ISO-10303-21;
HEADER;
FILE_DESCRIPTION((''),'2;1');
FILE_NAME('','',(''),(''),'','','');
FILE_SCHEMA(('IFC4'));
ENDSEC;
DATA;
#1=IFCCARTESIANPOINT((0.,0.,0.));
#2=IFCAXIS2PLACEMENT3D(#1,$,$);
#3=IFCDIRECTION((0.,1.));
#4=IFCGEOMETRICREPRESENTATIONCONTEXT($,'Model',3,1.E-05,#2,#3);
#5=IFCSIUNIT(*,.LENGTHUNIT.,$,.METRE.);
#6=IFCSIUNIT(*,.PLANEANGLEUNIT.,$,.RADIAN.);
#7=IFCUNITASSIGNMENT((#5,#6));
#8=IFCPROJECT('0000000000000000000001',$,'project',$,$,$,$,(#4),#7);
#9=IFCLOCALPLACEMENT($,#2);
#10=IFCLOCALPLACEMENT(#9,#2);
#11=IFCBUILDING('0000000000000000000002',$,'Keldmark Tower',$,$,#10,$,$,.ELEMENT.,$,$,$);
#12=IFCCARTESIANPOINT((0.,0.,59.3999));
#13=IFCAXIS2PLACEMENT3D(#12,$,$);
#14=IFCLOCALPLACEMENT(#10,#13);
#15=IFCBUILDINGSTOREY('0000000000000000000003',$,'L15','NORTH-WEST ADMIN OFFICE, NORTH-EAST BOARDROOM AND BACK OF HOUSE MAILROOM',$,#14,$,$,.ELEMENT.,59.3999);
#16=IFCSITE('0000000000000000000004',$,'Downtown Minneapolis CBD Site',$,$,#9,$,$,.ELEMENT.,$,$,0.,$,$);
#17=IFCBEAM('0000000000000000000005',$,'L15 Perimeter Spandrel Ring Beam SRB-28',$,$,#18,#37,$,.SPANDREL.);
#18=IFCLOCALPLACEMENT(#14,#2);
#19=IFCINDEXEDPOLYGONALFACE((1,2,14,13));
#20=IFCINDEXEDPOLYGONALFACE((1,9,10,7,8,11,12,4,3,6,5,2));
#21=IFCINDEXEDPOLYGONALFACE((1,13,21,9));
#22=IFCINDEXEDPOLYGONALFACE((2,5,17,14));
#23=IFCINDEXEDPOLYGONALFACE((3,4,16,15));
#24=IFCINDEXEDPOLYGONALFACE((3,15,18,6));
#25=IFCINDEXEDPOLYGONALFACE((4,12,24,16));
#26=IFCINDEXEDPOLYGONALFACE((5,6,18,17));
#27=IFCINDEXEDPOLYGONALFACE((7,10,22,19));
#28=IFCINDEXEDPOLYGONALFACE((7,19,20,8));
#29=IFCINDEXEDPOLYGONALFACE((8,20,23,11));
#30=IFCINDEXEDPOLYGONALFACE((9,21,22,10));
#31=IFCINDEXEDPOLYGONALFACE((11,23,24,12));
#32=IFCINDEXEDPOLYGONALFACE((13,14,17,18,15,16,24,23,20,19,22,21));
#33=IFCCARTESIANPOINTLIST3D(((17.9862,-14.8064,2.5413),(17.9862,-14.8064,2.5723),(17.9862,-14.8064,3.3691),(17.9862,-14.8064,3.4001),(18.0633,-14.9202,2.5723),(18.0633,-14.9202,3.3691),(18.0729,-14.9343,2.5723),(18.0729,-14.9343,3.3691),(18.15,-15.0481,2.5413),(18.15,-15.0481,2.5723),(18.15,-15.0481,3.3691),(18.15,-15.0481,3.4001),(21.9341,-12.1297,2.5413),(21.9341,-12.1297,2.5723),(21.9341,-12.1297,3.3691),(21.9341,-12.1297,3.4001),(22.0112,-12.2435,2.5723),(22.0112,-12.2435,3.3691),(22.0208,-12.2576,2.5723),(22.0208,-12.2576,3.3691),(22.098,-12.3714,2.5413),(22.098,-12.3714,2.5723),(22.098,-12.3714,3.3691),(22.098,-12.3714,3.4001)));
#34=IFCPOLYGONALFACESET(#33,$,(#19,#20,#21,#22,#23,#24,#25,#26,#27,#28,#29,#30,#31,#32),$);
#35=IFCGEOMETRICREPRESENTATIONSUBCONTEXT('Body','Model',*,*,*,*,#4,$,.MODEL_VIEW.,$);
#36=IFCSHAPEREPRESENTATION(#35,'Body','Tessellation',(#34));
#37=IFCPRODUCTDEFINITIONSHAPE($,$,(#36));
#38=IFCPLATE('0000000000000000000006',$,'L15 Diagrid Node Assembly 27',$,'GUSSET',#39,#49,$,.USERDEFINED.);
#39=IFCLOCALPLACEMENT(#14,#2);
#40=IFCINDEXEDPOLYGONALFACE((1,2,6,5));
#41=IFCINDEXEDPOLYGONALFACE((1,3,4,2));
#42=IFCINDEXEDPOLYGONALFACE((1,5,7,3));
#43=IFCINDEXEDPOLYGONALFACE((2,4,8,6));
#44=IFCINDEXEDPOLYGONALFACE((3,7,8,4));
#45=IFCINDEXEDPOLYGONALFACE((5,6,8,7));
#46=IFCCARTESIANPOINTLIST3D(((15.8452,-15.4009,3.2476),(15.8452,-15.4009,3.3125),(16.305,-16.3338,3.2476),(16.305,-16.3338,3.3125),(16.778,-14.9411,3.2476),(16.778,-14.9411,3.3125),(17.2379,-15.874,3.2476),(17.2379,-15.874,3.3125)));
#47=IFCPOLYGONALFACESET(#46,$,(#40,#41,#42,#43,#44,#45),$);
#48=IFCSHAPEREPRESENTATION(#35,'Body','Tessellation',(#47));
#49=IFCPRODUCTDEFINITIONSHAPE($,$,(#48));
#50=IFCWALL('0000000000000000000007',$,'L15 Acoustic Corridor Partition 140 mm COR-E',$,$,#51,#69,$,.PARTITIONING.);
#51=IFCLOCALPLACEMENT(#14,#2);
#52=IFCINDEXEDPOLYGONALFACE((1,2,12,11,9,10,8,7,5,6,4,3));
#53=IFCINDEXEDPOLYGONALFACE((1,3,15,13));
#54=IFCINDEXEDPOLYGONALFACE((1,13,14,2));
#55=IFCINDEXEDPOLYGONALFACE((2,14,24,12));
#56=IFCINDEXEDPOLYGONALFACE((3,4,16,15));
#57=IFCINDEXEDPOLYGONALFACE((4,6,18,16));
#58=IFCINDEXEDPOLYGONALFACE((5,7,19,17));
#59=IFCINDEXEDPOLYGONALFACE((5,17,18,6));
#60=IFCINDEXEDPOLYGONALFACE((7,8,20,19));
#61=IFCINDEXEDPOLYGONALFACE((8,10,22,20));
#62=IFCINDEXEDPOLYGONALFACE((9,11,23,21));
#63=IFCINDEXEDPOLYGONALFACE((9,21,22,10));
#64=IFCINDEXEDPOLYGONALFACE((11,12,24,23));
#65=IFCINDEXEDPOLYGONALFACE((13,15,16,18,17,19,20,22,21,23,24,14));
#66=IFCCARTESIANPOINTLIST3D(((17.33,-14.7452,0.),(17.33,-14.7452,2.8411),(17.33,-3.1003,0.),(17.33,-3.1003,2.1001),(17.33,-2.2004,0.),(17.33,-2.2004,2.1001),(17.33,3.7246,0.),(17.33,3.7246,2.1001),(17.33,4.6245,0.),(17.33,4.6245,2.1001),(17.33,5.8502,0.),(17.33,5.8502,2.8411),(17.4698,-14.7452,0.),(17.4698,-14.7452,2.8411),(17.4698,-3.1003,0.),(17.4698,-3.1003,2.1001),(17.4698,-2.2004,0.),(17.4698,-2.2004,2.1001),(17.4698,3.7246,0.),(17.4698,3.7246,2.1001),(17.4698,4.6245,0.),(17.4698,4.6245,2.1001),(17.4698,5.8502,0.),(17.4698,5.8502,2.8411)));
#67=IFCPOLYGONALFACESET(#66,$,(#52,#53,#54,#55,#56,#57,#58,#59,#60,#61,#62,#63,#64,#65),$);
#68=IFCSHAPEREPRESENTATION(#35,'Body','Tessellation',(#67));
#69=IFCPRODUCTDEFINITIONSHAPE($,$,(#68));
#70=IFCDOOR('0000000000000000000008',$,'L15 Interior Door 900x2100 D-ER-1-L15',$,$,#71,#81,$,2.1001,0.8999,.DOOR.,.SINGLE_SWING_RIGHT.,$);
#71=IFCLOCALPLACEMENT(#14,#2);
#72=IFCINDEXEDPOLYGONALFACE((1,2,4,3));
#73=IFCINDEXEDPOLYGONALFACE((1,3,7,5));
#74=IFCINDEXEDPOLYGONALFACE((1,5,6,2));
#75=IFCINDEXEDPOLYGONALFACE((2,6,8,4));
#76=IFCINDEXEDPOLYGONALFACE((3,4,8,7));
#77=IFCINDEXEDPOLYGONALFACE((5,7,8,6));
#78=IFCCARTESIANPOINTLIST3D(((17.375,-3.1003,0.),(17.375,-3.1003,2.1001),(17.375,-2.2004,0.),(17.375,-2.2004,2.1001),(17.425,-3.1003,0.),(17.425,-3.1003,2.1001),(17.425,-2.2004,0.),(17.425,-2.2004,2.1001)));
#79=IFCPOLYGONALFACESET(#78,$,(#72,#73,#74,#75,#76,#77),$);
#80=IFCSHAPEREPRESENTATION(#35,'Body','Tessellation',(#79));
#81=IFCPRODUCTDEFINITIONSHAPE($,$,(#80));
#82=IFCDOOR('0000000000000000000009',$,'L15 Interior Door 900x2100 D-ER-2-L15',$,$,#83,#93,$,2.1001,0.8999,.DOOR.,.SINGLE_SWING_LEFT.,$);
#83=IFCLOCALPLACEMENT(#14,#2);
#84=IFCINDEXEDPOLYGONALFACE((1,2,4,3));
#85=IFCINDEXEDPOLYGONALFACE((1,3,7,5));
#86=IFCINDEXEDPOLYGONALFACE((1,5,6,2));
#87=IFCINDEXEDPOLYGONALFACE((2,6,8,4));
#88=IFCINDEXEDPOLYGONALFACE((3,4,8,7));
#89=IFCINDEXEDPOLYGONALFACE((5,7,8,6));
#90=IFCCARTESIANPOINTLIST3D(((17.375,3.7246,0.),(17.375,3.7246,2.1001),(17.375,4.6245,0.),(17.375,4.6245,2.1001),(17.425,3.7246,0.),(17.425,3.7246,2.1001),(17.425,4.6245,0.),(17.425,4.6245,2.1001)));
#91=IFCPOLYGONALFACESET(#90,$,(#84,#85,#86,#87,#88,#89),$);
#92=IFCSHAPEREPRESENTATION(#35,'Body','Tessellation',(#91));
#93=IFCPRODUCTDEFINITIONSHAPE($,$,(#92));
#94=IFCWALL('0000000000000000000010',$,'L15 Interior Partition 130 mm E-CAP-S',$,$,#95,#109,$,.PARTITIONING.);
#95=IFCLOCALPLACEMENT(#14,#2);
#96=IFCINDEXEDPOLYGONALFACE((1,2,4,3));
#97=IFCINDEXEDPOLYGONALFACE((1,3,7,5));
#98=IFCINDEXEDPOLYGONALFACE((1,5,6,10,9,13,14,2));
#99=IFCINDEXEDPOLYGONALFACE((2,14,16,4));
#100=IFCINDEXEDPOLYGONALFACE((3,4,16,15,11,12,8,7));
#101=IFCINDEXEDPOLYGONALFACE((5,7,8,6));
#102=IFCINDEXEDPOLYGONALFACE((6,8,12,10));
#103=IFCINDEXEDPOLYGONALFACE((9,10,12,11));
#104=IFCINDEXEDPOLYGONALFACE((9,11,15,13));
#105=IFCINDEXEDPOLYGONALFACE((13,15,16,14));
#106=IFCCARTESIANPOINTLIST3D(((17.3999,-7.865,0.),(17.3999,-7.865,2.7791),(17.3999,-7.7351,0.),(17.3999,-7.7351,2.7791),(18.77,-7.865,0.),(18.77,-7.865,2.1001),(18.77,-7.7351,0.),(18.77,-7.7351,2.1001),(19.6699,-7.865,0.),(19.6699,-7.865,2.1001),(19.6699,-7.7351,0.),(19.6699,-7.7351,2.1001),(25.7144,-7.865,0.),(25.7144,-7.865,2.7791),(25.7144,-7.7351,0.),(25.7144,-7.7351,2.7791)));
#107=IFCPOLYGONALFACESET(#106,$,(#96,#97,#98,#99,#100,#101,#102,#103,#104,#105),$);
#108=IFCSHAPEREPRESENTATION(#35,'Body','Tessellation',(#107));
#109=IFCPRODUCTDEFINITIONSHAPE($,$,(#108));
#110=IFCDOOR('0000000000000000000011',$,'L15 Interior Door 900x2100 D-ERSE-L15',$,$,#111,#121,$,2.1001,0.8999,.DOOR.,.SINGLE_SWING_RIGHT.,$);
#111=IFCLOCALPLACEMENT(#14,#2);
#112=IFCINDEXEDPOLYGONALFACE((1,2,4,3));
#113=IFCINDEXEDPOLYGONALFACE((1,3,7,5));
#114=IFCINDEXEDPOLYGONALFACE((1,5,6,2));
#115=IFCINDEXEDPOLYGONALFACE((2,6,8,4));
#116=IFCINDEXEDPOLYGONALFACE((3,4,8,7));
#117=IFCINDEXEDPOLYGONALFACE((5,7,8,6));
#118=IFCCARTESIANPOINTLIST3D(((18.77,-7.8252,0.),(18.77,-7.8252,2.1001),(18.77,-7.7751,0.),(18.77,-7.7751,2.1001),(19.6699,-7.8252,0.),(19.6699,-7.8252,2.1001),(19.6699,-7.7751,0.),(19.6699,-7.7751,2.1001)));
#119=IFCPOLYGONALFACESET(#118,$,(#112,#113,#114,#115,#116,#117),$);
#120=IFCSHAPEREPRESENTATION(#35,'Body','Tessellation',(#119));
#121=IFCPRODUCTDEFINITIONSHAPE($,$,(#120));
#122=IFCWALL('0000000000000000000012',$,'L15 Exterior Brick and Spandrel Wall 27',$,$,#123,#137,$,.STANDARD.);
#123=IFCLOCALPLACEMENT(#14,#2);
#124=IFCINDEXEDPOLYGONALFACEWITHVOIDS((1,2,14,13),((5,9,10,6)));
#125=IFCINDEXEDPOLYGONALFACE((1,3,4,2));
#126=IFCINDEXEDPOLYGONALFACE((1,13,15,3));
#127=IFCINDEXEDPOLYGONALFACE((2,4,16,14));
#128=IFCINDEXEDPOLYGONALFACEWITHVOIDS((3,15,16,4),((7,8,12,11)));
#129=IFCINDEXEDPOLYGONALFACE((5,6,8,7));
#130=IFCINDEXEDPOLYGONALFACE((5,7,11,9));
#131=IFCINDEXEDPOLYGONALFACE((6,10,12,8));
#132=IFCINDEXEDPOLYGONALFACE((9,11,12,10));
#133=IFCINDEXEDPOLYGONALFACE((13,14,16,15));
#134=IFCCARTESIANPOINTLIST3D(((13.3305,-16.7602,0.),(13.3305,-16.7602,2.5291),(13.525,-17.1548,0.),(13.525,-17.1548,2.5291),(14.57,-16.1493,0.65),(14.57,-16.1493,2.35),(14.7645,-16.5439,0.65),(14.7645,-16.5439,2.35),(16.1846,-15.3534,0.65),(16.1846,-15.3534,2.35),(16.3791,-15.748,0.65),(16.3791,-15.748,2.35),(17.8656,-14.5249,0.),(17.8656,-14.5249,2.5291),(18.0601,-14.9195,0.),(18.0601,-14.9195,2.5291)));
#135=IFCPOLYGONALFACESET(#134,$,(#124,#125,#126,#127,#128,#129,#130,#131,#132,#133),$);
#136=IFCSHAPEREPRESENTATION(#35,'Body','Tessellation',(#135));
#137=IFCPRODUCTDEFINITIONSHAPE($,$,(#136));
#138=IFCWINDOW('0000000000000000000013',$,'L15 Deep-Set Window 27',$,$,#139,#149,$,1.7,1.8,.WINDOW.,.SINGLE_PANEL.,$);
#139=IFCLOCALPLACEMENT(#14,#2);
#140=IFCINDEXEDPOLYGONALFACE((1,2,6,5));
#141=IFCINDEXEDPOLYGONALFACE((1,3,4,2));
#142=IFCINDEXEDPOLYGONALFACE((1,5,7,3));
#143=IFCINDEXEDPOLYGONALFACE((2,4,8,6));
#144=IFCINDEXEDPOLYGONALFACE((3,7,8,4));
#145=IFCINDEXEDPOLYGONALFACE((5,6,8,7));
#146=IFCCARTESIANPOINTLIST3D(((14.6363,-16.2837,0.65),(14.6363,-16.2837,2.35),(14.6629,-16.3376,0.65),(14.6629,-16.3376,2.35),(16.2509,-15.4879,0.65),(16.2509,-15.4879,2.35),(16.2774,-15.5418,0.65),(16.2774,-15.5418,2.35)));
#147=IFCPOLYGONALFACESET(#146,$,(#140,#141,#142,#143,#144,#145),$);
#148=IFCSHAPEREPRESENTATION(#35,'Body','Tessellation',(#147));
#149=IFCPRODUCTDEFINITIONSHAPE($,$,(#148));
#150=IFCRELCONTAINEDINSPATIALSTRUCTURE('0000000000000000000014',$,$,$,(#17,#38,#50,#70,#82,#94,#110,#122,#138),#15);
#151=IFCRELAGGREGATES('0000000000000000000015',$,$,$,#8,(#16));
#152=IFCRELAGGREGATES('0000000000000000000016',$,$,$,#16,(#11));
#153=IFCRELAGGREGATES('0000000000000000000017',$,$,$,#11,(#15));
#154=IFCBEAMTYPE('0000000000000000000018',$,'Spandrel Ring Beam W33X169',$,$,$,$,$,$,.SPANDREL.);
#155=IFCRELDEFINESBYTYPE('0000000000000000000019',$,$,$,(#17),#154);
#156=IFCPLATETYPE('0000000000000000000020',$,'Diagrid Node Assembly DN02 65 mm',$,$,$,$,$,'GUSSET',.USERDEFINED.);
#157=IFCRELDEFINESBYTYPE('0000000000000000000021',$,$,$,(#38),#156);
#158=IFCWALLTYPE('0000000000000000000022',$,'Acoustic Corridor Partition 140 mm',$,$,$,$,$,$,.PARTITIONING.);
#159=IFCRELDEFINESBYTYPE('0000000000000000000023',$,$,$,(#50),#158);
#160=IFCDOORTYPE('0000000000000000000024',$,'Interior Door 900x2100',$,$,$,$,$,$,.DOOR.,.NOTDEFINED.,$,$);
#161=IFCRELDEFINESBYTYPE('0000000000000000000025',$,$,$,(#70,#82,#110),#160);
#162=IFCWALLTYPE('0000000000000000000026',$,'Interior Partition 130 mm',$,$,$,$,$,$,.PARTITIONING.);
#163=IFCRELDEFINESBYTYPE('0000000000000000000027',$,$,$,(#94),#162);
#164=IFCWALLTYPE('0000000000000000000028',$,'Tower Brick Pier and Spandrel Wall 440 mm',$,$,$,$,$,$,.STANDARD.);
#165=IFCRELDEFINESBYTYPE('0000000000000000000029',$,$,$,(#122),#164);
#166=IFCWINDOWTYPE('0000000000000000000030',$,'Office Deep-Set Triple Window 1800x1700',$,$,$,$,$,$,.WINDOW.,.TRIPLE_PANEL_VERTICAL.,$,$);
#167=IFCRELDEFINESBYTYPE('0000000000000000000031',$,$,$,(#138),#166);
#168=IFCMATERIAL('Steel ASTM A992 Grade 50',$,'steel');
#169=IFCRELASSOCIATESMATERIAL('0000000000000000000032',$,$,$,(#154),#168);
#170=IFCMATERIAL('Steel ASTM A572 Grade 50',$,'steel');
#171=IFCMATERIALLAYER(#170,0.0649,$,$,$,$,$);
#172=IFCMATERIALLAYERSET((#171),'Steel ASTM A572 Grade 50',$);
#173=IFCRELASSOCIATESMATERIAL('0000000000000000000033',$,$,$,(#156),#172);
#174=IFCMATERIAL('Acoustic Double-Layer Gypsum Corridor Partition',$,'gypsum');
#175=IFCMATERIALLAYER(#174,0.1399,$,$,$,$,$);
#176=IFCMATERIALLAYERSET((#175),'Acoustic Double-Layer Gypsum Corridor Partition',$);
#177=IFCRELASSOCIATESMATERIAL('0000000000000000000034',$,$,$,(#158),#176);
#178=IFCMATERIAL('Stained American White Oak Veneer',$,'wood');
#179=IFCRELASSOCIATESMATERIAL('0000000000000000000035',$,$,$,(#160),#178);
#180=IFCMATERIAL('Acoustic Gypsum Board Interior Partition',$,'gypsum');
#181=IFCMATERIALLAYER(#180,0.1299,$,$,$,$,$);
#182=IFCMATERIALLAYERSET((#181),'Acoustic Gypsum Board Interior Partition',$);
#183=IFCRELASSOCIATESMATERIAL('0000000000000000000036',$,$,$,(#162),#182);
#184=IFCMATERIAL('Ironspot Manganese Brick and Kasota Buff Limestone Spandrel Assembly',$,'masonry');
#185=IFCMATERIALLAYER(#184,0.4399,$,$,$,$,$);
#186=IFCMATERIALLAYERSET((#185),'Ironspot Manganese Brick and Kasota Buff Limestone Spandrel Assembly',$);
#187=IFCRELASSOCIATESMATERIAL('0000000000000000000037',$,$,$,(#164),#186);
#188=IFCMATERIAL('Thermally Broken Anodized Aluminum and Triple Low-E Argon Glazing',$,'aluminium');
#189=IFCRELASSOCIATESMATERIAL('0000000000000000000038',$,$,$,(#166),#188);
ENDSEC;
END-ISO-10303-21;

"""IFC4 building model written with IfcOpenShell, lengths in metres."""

from ifc_helpers import new_model, si_unit, direction, frame, frame_2d, origin, origin_2d, place, context, subcontext, project, spatial, rectangle, i_section, extrude, material, layer, layer_set, material_profile, profile_set, type_object, element, fill, save


model = new_model("IFC4")

# Units and contexts
model_context = context("Model", 3, precision=1e-05, world=origin(), true_north=direction((0.0, 1.0)))
body_context = subcontext(model_context, "Body", "Model", "MODEL_VIEW")
ifc_project = project(units=[si_unit("LENGTHUNIT", "METRE"), si_unit("PLANEANGLEUNIT", "RADIAN")], contexts=[model_context])

# Site, building, storey
site_placement = place(None, origin())
site = spatial("IfcSite", under=ifc_project, at=site_placement, Name="Downtown Minneapolis CBD Site", CompositionType="ELEMENT", RefElevation=0.0)
building_placement = place(site_placement, origin())
building = spatial("IfcBuilding", under=site, at=building_placement, Name="Keldmark Tower", CompositionType="ELEMENT")
storey_placement = place(building_placement, frame((0.0, 0.0, 59.3999)))
storey = spatial("IfcBuildingStorey", under=building, at=storey_placement, Name="L15", Description="NORTH-WEST ADMIN OFFICE, NORTH-EAST BOARDROOM AND BACK OF HOUSE MAILROOM", CompositionType="ELEMENT", Elevation=59.3999)

# Beam
ifc_material_1 = material(Name="Steel ASTM A992 Grade 50", Category="steel")
ifc_material_profile_1 = material_profile(ifc_material_1, i_section(OverallWidth=0.292, OverallDepth=0.8589, WebThickness=0.0171, FlangeThickness=0.031, at=origin_2d()), Name="W33X169")
ifc_profile_set_1 = profile_set([ifc_material_profile_1], Name="Steel ASTM A992 Grade 50")
beam_type_1 = type_object("IfcBeamType", Name="Spandrel Ring Beam W33X169", PredefinedType="SPANDREL", material=ifc_profile_set_1)
beam_1_placement = place(storey_placement, frame((18.0681, -14.9272, 2.9707), z_axis=(0.827694, 0.56118, 0.0), x_axis=(-0.56118, 0.827694, 0.0)))
element("IfcBeam", 1, at=beam_1_placement, inside=storey, type_object=beam_type_1, Name="L15 Perimeter Spandrel Ring Beam SRB-28", PredefinedType="SPANDREL", context=body_context, shape_type="SweptSolid", body=[
    extrude(i_section(OverallWidth=0.292, OverallDepth=0.8589, WebThickness=0.0171, FlangeThickness=0.031, at=origin_2d()), origin(), (0.0, 0.0, 1.0), 4.7698),
])

# Plate
ifc_material_2 = material(Name="Steel ASTM A572 Grade 50", Category="steel")
ifc_layer_1 = layer(ifc_material_2, 0.0649)
ifc_layer_set_1 = layer_set([ifc_layer_1], Name="Steel ASTM A572 Grade 50")
plate_type = type_object("IfcPlateType", Name="Diagrid Node Assembly DN02 65 mm", ElementType="GUSSET", PredefinedType="USERDEFINED", material=ifc_layer_set_1)
plate_placement = place(storey_placement, frame((16.5415, -15.6375, 3.2476), z_axis=(0.0, 0.0, 1.0), x_axis=(0.89695, 0.442132, 0.0)))
element("IfcPlate", 2, at=plate_placement, inside=storey, type_object=plate_type, Name="L15 Diagrid Node Assembly 27", ObjectType="GUSSET", PredefinedType="USERDEFINED", context=body_context, shape_type="SweptSolid", body=[
    extrude(rectangle(XDim=1.04, YDim=1.04, at=origin_2d()), origin(), (0.0, 0.0, 1.0), 0.0649),
])

# Wall, openings, doors
ifc_material_3 = material(Name="Acoustic Double-Layer Gypsum Corridor Partition", Category="gypsum")
ifc_layer_2 = layer(ifc_material_3, 0.1399)
ifc_layer_set_2 = layer_set([ifc_layer_2], Name="Acoustic Double-Layer Gypsum Corridor Partition")
wall_type_1 = type_object("IfcWallType", Name="Acoustic Corridor Partition 140 mm", PredefinedType="PARTITIONING", material=ifc_layer_set_2)
wall_1_placement = place(storey_placement, frame((17.3999, -14.7454, 0.0), z_axis=(0.0, 0.0, 1.0), x_axis=(0.0, 1.0, 0.0)))
wall_1 = element("IfcWall", 3, at=wall_1_placement, inside=storey, type_object=wall_type_1, Name="L15 Acoustic Corridor Partition 140 mm COR-E", PredefinedType="PARTITIONING", context=body_context, shape_type="SweptSolid", body=[
    extrude(rectangle(XDim=20.5955, YDim=0.1399, at=frame_2d((10.2979, 0.0))), origin(), (0.0, 0.0, 1.0), 2.8411),
])
opening_1_placement = place(wall_1_placement, frame((11.645, 0.0, 0.0)))
opening_1 = element("IfcOpeningElement", 4, at=opening_1_placement, cuts=wall_1, PredefinedType="OPENING", context=body_context, shape_type="SweptSolid", body=[
    extrude(rectangle(XDim=0.8999, YDim=2.1001, at=frame_2d((0.45, 1.05))), frame((0.0, 0.0798, 0.0), z_axis=(0.0, -1.0, 0.0), x_axis=(1.0, 0.0, 0.0)), (0.0, 0.0, 1.0), 0.1599),
])
opening_2_placement = place(wall_1_placement, frame((18.47, 0.0, 0.0)))
opening_2 = element("IfcOpeningElement", 5, at=opening_2_placement, cuts=wall_1, PredefinedType="OPENING", context=body_context, shape_type="SweptSolid", body=[
    extrude(rectangle(XDim=0.8999, YDim=2.1001, at=frame_2d((0.45, 1.05))), frame((0.0, 0.0798, 0.0), z_axis=(0.0, -1.0, 0.0), x_axis=(1.0, 0.0, 0.0)), (0.0, 0.0, 1.0), 0.1599),
])
ifc_material_4 = material(Name="Stained American White Oak Veneer", Category="wood")
door_type = type_object("IfcDoorType", Name="Interior Door 900x2100", OperationType="NOTDEFINED", PredefinedType="DOOR", material=ifc_material_4)
door_1_placement = place(opening_1_placement, origin())
door_1 = element("IfcDoor", 6, at=door_1_placement, inside=storey, type_object=door_type, Name="L15 Interior Door 900x2100 D-ER-1-L15", OperationType="SINGLE_SWING_RIGHT", OverallHeight=2.1001, OverallWidth=0.8999, PredefinedType="DOOR", context=body_context, shape_type="SweptSolid", body=[
    extrude(rectangle(XDim=0.8999, YDim=2.1001, at=frame_2d((0.45, 1.05))), frame((0.0, 0.0249, 0.0), z_axis=(0.0, -1.0, 0.0), x_axis=(1.0, 0.0, 0.0)), (0.0, 0.0, 1.0), 0.05),
])
fill(opening_1, door_1)
door_2_placement = place(opening_2_placement, origin())
door_2 = element("IfcDoor", 7, at=door_2_placement, inside=storey, type_object=door_type, Name="L15 Interior Door 900x2100 D-ER-2-L15", OperationType="SINGLE_SWING_LEFT", OverallHeight=2.1001, OverallWidth=0.8999, PredefinedType="DOOR", context=body_context, shape_type="SweptSolid", body=[
    extrude(rectangle(XDim=0.8999, YDim=2.1001, at=frame_2d((0.45, 1.05))), frame((0.0, 0.0249, 0.0), z_axis=(0.0, -1.0, 0.0), x_axis=(1.0, 0.0, 0.0)), (0.0, 0.0, 1.0), 0.05),
])
fill(opening_2, door_2)

# Wall, opening, door
ifc_material_5 = material(Name="Acoustic Gypsum Board Interior Partition", Category="gypsum")
ifc_layer_3 = layer(ifc_material_5, 0.1299)
ifc_layer_set_3 = layer_set([ifc_layer_3], Name="Acoustic Gypsum Board Interior Partition")
wall_type_2 = type_object("IfcWallType", Name="Interior Partition 130 mm", PredefinedType="PARTITIONING", material=ifc_layer_set_3)
wall_2_placement = place(storey_placement, frame((17.3999, -7.8, 0.0), z_axis=(0.0, 0.0, 1.0), x_axis=(1.0, 0.0, 0.0)))
wall_2 = element("IfcWall", 8, at=wall_2_placement, inside=storey, type_object=wall_type_2, Name="L15 Interior Partition 130 mm E-CAP-S", PredefinedType="PARTITIONING", context=body_context, shape_type="SweptSolid", body=[
    extrude(rectangle(XDim=8.3145, YDim=0.1299, at=frame_2d((4.1572, 0.0))), origin(), (0.0, 0.0, 1.0), 2.7791),
])
opening_3_placement = place(wall_2_placement, frame((1.3701, 0.0, 0.0)))
opening_3 = element("IfcOpeningElement", 9, at=opening_3_placement, cuts=wall_2, PredefinedType="OPENING", context=body_context, shape_type="SweptSolid", body=[
    extrude(rectangle(XDim=0.8999, YDim=2.1001, at=frame_2d((0.45, 1.05))), frame((0.0, 0.075, 0.0), z_axis=(0.0, -1.0, 0.0), x_axis=(1.0, 0.0, 0.0)), (0.0, 0.0, 1.0), 0.1499),
])
door_3_placement = place(opening_3_placement, origin())
door_3 = element("IfcDoor", 10, at=door_3_placement, inside=storey, type_object=door_type, Name="L15 Interior Door 900x2100 D-ERSE-L15", OperationType="SINGLE_SWING_RIGHT", OverallHeight=2.1001, OverallWidth=0.8999, PredefinedType="DOOR", context=body_context, shape_type="SweptSolid", body=[
    extrude(rectangle(XDim=0.8999, YDim=2.1001, at=frame_2d((0.45, 1.05))), frame((0.0, 0.0249, 0.0), z_axis=(0.0, -1.0, 0.0), x_axis=(1.0, 0.0, 0.0)), (0.0, 0.0, 1.0), 0.05),
])
fill(opening_3, door_3)

# Wall, opening, window
ifc_material_6 = material(Name="Ironspot Manganese Brick and Kasota Buff Limestone Spandrel Assembly", Category="masonry")
ifc_layer_4 = layer(ifc_material_6, 0.4399)
ifc_layer_set_4 = layer_set([ifc_layer_4], Name="Ironspot Manganese Brick and Kasota Buff Limestone Spandrel Assembly")
wall_type_3 = type_object("IfcWallType", Name="Tower Brick Pier and Spandrel Wall 440 mm", PredefinedType="STANDARD", material=ifc_layer_set_4)
wall_3_placement = place(storey_placement, frame((17.9629, -14.7222, 0.0), z_axis=(0.0, 0.0, 1.0), x_axis=(-0.896962, -0.442107, 0.0)))
wall_3 = element("IfcWall", 11, at=wall_3_placement, inside=storey, type_object=wall_type_3, Name="L15 Exterior Brick and Spandrel Wall 27", PredefinedType="STANDARD", context=body_context, shape_type="SweptSolid", body=[
    extrude(rectangle(XDim=5.0562, YDim=0.4399, at=frame_2d((2.5281, 0.0))), origin(), (0.0, 0.0, 1.0), 2.5291),
])
opening_4_placement = place(wall_3_placement, frame((1.8743, 0.0, 0.6499)))
opening_4 = element("IfcOpeningElement", 12, at=opening_4_placement, cuts=wall_3, PredefinedType="OPENING", context=body_context, shape_type="SweptSolid", body=[
    extrude(rectangle(XDim=1.8, YDim=1.7, at=frame_2d((0.8999, 0.8501))), frame((0.0, 0.23, 0.0), z_axis=(0.0, -1.0, 0.0), x_axis=(1.0, 0.0, 0.0)), (0.0, 0.0, 1.0), 0.46),
])
ifc_material_7 = material(Name="Thermally Broken Anodized Aluminum and Triple Low-E Argon Glazing", Category="aluminium")
window_type = type_object("IfcWindowType", Name="Office Deep-Set Triple Window 1800x1700", PartitioningType="TRIPLE_PANEL_VERTICAL", PredefinedType="WINDOW", material=ifc_material_7)
window_placement = place(opening_4_placement, origin())
window = element("IfcWindow", 13, at=window_placement, inside=storey, type_object=window_type, Name="L15 Deep-Set Window 27", OverallHeight=1.7, OverallWidth=1.8, PartitioningType="SINGLE_PANEL", PredefinedType="WINDOW", context=body_context, shape_type="SweptSolid", body=[
    extrude(rectangle(XDim=1.8, YDim=1.7, at=frame_2d((0.8999, 0.8501))), frame((0.0, -0.01, 0.0), z_axis=(0.0, -1.0, 0.0), x_axis=(1.0, 0.0, 0.0)), (0.0, 0.0, 1.0), 0.0601),
])
fill(opening_4, window)

save(model, "model.ifc")
